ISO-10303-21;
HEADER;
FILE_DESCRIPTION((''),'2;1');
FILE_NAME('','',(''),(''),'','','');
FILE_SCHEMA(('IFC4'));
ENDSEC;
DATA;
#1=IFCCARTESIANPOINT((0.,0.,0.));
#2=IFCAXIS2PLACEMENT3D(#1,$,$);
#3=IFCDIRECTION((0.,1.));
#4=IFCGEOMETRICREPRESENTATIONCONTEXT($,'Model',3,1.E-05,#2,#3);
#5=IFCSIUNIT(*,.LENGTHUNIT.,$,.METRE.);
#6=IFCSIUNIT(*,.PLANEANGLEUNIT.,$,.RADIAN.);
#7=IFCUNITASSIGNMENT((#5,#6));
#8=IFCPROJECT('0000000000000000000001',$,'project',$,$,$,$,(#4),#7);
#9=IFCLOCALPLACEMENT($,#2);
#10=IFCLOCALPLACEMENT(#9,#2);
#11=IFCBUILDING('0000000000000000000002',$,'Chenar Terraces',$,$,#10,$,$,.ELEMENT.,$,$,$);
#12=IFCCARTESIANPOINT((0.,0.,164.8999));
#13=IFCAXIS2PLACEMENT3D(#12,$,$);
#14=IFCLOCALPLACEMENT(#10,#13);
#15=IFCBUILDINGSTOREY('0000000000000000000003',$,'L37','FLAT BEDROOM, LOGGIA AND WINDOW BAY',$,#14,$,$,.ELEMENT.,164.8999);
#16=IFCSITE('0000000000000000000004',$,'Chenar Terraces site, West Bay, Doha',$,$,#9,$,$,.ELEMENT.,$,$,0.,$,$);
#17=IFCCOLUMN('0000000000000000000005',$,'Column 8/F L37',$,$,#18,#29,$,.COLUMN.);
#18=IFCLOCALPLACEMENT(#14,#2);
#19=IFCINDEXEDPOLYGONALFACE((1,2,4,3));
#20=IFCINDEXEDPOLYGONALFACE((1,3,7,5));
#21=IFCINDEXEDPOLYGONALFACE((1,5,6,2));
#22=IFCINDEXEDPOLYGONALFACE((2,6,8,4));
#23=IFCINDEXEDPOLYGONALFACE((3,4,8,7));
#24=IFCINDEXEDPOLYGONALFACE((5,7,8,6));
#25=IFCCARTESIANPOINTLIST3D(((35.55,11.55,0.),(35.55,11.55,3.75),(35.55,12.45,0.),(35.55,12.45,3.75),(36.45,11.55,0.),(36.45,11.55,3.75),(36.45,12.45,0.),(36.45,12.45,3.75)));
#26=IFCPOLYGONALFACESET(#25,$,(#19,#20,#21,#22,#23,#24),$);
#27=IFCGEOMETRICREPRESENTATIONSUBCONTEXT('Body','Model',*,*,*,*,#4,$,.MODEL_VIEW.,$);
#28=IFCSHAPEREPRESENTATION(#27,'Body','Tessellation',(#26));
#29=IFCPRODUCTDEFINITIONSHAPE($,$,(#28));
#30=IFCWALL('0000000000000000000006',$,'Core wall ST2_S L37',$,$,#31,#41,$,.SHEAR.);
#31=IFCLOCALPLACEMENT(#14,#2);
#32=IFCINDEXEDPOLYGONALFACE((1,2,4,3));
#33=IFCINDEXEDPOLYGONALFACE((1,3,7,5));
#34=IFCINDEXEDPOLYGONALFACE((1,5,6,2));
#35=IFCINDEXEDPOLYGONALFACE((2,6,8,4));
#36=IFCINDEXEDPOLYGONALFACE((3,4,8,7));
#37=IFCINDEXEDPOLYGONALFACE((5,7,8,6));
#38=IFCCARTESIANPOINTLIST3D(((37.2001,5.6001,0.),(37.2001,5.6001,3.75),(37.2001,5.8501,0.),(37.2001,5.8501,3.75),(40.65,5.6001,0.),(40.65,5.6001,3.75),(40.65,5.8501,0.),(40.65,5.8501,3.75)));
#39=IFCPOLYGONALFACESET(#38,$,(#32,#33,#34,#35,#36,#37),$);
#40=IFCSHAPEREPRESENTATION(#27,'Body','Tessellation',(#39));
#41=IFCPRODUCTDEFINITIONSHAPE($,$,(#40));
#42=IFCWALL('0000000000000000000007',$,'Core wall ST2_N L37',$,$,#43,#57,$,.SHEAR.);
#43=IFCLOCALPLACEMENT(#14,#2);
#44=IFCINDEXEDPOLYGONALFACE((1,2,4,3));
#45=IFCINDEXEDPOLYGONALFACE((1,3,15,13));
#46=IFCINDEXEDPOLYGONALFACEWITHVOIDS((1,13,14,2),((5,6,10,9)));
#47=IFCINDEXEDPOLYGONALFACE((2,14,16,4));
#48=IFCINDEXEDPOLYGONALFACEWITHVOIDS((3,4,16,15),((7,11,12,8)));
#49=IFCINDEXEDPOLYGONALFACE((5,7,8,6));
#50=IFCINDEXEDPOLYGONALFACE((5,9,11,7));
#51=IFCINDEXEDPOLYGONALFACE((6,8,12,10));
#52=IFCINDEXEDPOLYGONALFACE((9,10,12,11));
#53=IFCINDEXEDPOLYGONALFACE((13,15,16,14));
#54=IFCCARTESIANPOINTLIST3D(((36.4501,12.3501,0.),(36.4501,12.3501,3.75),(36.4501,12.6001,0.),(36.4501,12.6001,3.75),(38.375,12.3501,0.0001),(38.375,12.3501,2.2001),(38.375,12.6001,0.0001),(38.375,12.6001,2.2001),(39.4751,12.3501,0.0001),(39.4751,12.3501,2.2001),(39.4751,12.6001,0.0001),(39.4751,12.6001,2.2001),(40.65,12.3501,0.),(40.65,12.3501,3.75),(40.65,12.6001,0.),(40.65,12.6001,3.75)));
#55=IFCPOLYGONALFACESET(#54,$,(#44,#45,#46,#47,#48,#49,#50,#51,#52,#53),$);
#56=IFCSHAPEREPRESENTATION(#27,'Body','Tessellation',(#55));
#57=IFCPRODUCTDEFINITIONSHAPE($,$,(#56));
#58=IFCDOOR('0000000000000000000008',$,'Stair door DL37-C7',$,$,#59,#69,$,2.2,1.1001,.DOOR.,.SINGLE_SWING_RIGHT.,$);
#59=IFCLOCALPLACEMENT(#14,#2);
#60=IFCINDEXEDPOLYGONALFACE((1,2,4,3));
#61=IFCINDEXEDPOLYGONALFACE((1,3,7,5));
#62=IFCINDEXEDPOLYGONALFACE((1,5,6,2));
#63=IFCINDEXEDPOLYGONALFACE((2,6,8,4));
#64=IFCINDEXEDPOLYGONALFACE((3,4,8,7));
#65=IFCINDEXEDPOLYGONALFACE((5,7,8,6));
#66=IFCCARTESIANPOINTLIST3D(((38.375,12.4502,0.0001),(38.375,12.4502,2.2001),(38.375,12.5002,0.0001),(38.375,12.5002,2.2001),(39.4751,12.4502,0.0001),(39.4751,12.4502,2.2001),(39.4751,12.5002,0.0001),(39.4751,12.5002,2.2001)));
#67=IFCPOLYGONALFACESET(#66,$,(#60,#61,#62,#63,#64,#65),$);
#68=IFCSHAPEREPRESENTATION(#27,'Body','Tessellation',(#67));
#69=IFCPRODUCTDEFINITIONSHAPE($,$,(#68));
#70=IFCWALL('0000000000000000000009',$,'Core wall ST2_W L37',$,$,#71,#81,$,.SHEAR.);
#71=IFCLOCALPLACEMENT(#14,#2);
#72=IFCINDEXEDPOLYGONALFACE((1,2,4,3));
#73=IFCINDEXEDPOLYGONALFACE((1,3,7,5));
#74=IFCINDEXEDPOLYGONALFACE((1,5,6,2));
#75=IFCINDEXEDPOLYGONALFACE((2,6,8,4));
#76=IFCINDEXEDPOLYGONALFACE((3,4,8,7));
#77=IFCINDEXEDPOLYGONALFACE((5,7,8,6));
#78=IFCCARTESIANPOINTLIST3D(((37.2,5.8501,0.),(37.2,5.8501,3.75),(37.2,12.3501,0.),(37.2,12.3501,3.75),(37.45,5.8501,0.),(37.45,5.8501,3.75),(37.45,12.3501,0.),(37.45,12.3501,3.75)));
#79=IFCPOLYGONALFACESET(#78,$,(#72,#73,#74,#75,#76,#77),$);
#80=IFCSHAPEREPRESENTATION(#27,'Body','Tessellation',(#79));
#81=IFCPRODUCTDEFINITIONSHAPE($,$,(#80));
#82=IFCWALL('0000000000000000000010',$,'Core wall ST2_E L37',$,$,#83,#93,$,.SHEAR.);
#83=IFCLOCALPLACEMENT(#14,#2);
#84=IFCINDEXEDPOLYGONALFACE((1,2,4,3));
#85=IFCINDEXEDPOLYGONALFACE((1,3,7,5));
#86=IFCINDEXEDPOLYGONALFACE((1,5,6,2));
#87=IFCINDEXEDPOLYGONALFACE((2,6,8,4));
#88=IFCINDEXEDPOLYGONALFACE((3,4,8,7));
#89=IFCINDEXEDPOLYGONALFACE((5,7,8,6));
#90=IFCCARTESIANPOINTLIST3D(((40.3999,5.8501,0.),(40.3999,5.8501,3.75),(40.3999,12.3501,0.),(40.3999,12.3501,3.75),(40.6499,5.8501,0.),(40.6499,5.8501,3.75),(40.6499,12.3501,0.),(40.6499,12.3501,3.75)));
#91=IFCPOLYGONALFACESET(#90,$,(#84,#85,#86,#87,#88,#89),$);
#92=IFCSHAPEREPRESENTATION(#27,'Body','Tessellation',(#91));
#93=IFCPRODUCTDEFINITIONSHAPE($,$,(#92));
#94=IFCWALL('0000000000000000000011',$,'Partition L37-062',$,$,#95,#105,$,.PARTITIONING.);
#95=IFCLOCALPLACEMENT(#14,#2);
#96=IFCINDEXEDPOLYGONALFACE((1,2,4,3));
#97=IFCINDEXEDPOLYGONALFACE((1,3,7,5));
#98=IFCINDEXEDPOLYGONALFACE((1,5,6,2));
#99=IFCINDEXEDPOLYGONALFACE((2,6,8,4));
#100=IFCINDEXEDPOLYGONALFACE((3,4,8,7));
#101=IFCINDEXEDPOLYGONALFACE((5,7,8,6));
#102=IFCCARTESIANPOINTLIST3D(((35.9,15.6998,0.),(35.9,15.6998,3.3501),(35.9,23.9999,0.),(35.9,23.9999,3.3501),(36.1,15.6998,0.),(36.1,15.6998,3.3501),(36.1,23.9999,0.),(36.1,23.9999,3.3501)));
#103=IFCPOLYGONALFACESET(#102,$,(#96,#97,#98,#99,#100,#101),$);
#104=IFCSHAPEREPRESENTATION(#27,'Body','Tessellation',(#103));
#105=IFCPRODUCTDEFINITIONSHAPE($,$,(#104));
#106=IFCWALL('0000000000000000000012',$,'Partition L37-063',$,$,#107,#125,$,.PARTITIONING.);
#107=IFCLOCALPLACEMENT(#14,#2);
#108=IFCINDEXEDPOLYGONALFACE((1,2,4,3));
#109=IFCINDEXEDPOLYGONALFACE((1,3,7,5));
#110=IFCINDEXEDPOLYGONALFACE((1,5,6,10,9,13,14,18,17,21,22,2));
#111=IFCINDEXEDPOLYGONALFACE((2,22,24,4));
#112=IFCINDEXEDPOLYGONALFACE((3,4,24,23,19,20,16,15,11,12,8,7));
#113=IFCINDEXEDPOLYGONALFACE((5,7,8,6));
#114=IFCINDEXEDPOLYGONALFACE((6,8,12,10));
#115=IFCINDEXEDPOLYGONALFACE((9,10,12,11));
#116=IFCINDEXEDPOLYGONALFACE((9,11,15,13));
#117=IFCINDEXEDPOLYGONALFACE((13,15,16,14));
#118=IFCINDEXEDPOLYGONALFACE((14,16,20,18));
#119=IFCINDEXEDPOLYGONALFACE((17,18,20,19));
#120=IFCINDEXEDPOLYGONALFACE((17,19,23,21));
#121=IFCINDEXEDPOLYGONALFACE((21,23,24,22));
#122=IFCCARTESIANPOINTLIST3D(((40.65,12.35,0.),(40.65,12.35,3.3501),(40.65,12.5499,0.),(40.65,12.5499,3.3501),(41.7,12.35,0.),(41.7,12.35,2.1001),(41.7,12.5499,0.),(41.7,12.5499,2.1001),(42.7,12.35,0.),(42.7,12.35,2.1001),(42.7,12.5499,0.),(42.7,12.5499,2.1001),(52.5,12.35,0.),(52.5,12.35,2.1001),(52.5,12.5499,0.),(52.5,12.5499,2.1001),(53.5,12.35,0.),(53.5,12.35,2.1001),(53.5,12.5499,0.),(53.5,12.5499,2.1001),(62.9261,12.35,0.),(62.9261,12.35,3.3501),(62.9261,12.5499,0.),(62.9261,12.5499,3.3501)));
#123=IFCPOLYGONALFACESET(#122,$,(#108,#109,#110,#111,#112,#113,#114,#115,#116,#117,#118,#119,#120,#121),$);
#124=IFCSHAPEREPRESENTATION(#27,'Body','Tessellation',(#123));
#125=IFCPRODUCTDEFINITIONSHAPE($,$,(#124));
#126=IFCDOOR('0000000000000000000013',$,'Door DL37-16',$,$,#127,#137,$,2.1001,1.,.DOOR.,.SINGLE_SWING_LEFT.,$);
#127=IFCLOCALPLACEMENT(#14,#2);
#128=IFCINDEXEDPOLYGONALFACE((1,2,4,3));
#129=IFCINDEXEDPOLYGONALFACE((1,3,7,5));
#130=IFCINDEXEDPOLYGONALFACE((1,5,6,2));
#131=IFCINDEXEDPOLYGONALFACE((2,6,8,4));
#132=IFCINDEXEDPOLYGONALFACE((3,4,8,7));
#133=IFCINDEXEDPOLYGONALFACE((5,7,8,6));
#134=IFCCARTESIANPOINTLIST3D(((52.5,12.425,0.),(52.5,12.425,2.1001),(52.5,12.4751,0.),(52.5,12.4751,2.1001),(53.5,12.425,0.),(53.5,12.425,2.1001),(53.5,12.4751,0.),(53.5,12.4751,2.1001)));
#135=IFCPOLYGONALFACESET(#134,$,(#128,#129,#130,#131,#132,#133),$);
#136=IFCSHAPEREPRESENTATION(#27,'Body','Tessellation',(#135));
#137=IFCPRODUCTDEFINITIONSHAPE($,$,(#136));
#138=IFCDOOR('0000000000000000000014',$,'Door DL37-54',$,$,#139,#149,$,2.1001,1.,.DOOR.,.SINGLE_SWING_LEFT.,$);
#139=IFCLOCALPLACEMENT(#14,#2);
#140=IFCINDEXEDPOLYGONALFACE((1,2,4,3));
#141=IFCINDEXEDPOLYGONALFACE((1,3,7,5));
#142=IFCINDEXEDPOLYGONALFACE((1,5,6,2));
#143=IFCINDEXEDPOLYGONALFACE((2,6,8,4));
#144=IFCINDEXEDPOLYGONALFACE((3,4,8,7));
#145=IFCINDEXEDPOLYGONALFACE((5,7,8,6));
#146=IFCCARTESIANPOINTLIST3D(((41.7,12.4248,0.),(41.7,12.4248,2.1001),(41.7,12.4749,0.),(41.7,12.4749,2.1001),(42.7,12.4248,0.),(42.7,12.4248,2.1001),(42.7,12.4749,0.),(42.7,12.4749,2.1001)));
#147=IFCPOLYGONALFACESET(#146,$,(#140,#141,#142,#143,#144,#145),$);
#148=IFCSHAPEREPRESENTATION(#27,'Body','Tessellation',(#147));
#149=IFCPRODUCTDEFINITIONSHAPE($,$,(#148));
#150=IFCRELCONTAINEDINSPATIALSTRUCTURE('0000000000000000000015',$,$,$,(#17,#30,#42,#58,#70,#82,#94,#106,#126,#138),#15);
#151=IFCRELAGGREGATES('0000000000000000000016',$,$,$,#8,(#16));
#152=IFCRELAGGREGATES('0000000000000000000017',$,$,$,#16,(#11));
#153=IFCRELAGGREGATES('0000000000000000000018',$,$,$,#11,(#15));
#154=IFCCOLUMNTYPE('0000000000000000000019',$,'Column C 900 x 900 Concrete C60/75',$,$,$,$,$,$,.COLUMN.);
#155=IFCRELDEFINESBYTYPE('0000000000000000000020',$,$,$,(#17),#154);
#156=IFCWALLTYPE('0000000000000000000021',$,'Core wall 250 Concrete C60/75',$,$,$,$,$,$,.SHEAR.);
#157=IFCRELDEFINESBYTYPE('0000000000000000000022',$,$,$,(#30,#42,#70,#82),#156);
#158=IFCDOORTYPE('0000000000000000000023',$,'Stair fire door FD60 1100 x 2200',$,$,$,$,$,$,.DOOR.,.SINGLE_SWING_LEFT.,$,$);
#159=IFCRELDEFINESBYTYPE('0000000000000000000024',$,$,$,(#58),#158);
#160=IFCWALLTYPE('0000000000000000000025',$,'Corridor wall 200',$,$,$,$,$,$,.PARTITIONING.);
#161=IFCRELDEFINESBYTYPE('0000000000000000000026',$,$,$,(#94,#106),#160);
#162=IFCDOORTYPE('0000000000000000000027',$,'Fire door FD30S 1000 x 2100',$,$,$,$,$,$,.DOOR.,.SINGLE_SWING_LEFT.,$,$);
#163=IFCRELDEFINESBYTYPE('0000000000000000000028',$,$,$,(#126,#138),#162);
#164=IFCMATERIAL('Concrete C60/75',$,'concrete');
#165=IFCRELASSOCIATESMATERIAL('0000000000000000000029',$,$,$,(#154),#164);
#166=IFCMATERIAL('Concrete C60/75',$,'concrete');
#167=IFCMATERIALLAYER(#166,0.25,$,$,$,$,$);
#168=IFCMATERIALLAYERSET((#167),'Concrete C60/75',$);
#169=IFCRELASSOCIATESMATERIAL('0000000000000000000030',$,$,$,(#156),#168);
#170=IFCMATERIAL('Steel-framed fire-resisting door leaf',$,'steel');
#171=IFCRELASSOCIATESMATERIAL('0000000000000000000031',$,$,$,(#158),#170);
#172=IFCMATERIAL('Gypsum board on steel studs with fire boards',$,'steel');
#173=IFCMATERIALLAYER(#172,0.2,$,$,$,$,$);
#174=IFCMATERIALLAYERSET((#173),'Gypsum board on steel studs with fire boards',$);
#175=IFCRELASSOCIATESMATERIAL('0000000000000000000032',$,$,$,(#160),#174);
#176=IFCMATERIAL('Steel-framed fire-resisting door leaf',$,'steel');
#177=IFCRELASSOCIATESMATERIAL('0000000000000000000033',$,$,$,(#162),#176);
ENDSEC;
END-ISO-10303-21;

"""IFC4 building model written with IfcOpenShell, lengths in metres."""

from ifc_helpers import new_model, si_unit, direction, frame, frame_2d, origin, origin_2d, place, context, subcontext, project, spatial, rectangle, extrude, material, layer, layer_set, material_profile, profile_set, type_object, element, fill, save


model = new_model("IFC4")

# Units and contexts
model_context = context("Model", 3, precision=1e-05, world=origin(), true_north=direction((0.0, 1.0)))
body_context = subcontext(model_context, "Body", "Model", "MODEL_VIEW")
ifc_project = project(units=[si_unit("LENGTHUNIT", "METRE"), si_unit("PLANEANGLEUNIT", "RADIAN")], contexts=[model_context])

# Site, building, storey
site_placement = place(None, origin())
site = spatial("IfcSite", under=ifc_project, at=site_placement, Name="Chenar Terraces site, West Bay, Doha", CompositionType="ELEMENT", RefElevation=0.0)
building_placement = place(site_placement, origin())
building = spatial("IfcBuilding", under=site, at=building_placement, Name="Chenar Terraces", CompositionType="ELEMENT")
storey_placement = place(building_placement, frame((0.0, 0.0, 164.8999)))
storey = spatial("IfcBuildingStorey", under=building, at=storey_placement, Name="L37", Description="FLAT BEDROOM, LOGGIA AND WINDOW BAY", CompositionType="ELEMENT", Elevation=164.8999)

# Column
ifc_material_1 = material(Name="Concrete C60/75", Category="concrete")
ifc_material_profile_1 = material_profile(ifc_material_1, rectangle(XDim=0.8999, YDim=0.8999, at=origin_2d()), Name="C 900 x 900")
ifc_profile_set_1 = profile_set([ifc_material_profile_1], Name="Concrete C60/75")
column_type = type_object("IfcColumnType", Name="Column C 900 x 900 Concrete C60/75", PredefinedType="COLUMN", material=ifc_profile_set_1)
column_placement = place(storey_placement, frame((36.0, 12.0, 0.0), z_axis=(0.0, 0.0, 1.0), x_axis=(1.0, 0.0, 0.0)))
element("IfcColumn", 1, at=column_placement, inside=storey, type_object=column_type, Name="Column 8/F L37", PredefinedType="COLUMN", context=body_context, shape_type="SweptSolid", body=[
    extrude(rectangle(XDim=0.8999, YDim=0.8999, at=origin_2d()), origin(), (0.0, 0.0, 1.0), 3.75),
])

# Wall
ifc_material_2 = material(Name="Concrete C60/75", Category="concrete")
ifc_layer_1 = layer(ifc_material_2, 0.25)
ifc_layer_set_1 = layer_set([ifc_layer_1], Name="Concrete C60/75")
wall_type_1 = type_object("IfcWallType", Name="Core wall 250 Concrete C60/75", PredefinedType="SHEAR", material=ifc_layer_set_1)
wall_1_placement = place(storey_placement, frame((37.2, 5.7251, 0.0), z_axis=(0.0, 0.0, 1.0), x_axis=(1.0, 0.0, 0.0)))
element("IfcWall", 2, at=wall_1_placement, inside=storey, type_object=wall_type_1, Name="Core wall ST2_S L37", PredefinedType="SHEAR", context=body_context, shape_type="SweptSolid", body=[
    extrude(rectangle(XDim=3.45, YDim=0.25, at=frame_2d((1.7251, 0.0))), origin(), (0.0, 0.0, 1.0), 3.75),
])

# Wall, opening, door
wall_2_placement = place(storey_placement, frame((36.45, 12.4751, 0.0), z_axis=(0.0, 0.0, 1.0), x_axis=(1.0, 0.0, 0.0)))
wall_2 = element("IfcWall", 3, at=wall_2_placement, inside=storey, type_object=wall_type_1, Name="Core wall ST2_N L37", PredefinedType="SHEAR", context=body_context, shape_type="SweptSolid", body=[
    extrude(rectangle(XDim=4.2, YDim=0.25, at=frame_2d((2.1001, 0.0))), origin(), (0.0, 0.0, 1.0), 3.75),
])
opening_1_placement = place(wall_2_placement, frame((1.925, 0.0, 0.0)))
opening_1 = element("IfcOpeningElement", 4, at=opening_1_placement, cuts=wall_2, PredefinedType="OPENING", context=body_context, shape_type="SweptSolid", body=[
    extrude(rectangle(XDim=1.1001, YDim=2.2, at=frame_2d((0.55, 1.1001))), frame((0.0, 0.135, 0.0), z_axis=(0.0, -1.0, 0.0), x_axis=(1.0, 0.0, 0.0)), (0.0, 0.0, 1.0), 0.27),
])
ifc_material_3 = material(Name="Steel-framed fire-resisting door leaf", Category="steel")
door_type_1 = type_object("IfcDoorType", Name="Stair fire door FD60 1100 x 2200", OperationType="SINGLE_SWING_LEFT", PredefinedType="DOOR", material=ifc_material_3)
door_1_placement = place(opening_1_placement, frame((1.1001, 0.0, 0.0), z_axis=(0.0, 0.0, 1.0), x_axis=(-1.0, 0.0, 0.0)))
door_1 = element("IfcDoor", 5, at=door_1_placement, inside=storey, type_object=door_type_1, Name="Stair door DL37-C7", OperationType="SINGLE_SWING_RIGHT", OverallHeight=2.2, OverallWidth=1.1001, PredefinedType="DOOR", context=body_context, shape_type="SweptSolid", body=[
    extrude(rectangle(XDim=1.1001, YDim=2.2, at=frame_2d((0.55, 1.1001))), frame((0.0, 0.0249, 0.0), z_axis=(0.0, -1.0, 0.0), x_axis=(1.0, 0.0, 0.0)), (0.0, 0.0, 1.0), 0.05),
])
fill(opening_1, door_1)

# Walls
for number, where, z_axis, x_axis, name in (
    (6, (37.325, 5.8501, 0.0), (0.0, 0.0, 1.0), (0.0, 1.0, 0.0), "Core wall ST2_W L37"),
    (7, (40.5249, 5.8501, 0.0), (0.0, 0.0, 1.0), (0.0, 1.0, 0.0), "Core wall ST2_E L37"),
):
    element("IfcWall", number, at=place(storey_placement, frame(where, z_axis=z_axis, x_axis=x_axis)), inside=storey, type_object=wall_type_1, Name=name, PredefinedType="SHEAR", context=body_context, shape_type="SweptSolid", body=[
        extrude(rectangle(XDim=6.5, YDim=0.25, at=frame_2d((3.25, 0.0))), origin(), (0.0, 0.0, 1.0), 3.75),
    ])
ifc_material_4 = material(Name="Gypsum board on steel studs with fire boards", Category="steel")
ifc_layer_2 = layer(ifc_material_4, 0.2)
ifc_layer_set_2 = layer_set([ifc_layer_2], Name="Gypsum board on steel studs with fire boards")
wall_type_2 = type_object("IfcWallType", Name="Corridor wall 200", PredefinedType="PARTITIONING", material=ifc_layer_set_2)
wall_3_placement = place(storey_placement, frame((36.0, 15.7, 0.0), z_axis=(0.0, 0.0, 1.0), x_axis=(0.0, 1.0, 0.0)))
element("IfcWall", 8, at=wall_3_placement, inside=storey, type_object=wall_type_2, Name="Partition L37-062", PredefinedType="PARTITIONING", context=body_context, shape_type="SweptSolid", body=[
    extrude(rectangle(XDim=8.3, YDim=0.2, at=frame_2d((4.1499, 0.0))), origin(), (0.0, 0.0, 1.0), 3.3501),
])

# Wall, openings, doors
wall_4_placement = place(storey_placement, frame((40.6499, 12.45, 0.0), z_axis=(0.0, 0.0, 1.0), x_axis=(1.0, 0.0, 0.0)))
wall_4 = element("IfcWall", 9, at=wall_4_placement, inside=storey, type_object=wall_type_2, Name="Partition L37-063", PredefinedType="PARTITIONING", context=body_context, shape_type="SweptSolid", body=[
    extrude(rectangle(XDim=22.2761, YDim=0.2, at=frame_2d((11.1382, 0.0))), origin(), (0.0, 0.0, 1.0), 3.3501),
])
opening_2_placement = place(wall_4_placement, frame((11.8501, 0.0, 0.0)))
opening_2 = element("IfcOpeningElement", 10, at=opening_2_placement, cuts=wall_4, PredefinedType="OPENING", context=body_context, shape_type="SweptSolid", body=[
    extrude(rectangle(XDim=1.0, YDim=2.1001, at=frame_2d((0.5, 1.05))), frame((0.0, 0.1099, 0.0), z_axis=(0.0, -1.0, 0.0), x_axis=(1.0, 0.0, 0.0)), (0.0, 0.0, 1.0), 0.22),
])
opening_3_placement = place(wall_4_placement, frame((1.05, 0.0, 0.0)))
opening_3 = element("IfcOpeningElement", 11, at=opening_3_placement, cuts=wall_4, PredefinedType="OPENING", context=body_context, shape_type="SweptSolid", body=[
    extrude(rectangle(XDim=1.0, YDim=2.1001, at=frame_2d((0.5, 1.05))), frame((0.0, 0.1099, 0.0), z_axis=(0.0, -1.0, 0.0), x_axis=(1.0, 0.0, 0.0)), (0.0, 0.0, 1.0), 0.22),
])
ifc_material_5 = material(Name="Steel-framed fire-resisting door leaf", Category="steel")
door_type_2 = type_object("IfcDoorType", Name="Fire door FD30S 1000 x 2100", OperationType="SINGLE_SWING_LEFT", PredefinedType="DOOR", material=ifc_material_5)
door_2_placement = place(opening_2_placement, frame((1.0, 0.0, 0.0), z_axis=(0.0, 0.0, 1.0), x_axis=(-1.0, 0.0, 0.0)))
door_2 = element("IfcDoor", 12, at=door_2_placement, inside=storey, type_object=door_type_2, Name="Door DL37-16", OperationType="SINGLE_SWING_LEFT", OverallHeight=2.1001, OverallWidth=1.0, PredefinedType="DOOR", context=body_context, shape_type="SweptSolid", body=[
    extrude(rectangle(XDim=1.0, YDim=2.1001, at=frame_2d((0.5, 1.05))), frame((0.0, 0.0249, 0.0), z_axis=(0.0, -1.0, 0.0), x_axis=(1.0, 0.0, 0.0)), (0.0, 0.0, 1.0), 0.05),
])
fill(opening_2, door_2)
door_3_placement = place(opening_3_placement, origin())
door_3 = element("IfcDoor", 13, at=door_3_placement, inside=storey, type_object=door_type_2, Name="Door DL37-54", OperationType="SINGLE_SWING_LEFT", OverallHeight=2.1001, OverallWidth=1.0, PredefinedType="DOOR", context=body_context, shape_type="SweptSolid", body=[
    extrude(rectangle(XDim=1.0, YDim=2.1001, at=frame_2d((0.5, 1.05))), frame((0.0, 0.0249, 0.0), z_axis=(0.0, -1.0, 0.0), x_axis=(1.0, 0.0, 0.0)), (0.0, 0.0, 1.0), 0.05),
])
fill(opening_3, door_3)

save(model, "model.ifc")
